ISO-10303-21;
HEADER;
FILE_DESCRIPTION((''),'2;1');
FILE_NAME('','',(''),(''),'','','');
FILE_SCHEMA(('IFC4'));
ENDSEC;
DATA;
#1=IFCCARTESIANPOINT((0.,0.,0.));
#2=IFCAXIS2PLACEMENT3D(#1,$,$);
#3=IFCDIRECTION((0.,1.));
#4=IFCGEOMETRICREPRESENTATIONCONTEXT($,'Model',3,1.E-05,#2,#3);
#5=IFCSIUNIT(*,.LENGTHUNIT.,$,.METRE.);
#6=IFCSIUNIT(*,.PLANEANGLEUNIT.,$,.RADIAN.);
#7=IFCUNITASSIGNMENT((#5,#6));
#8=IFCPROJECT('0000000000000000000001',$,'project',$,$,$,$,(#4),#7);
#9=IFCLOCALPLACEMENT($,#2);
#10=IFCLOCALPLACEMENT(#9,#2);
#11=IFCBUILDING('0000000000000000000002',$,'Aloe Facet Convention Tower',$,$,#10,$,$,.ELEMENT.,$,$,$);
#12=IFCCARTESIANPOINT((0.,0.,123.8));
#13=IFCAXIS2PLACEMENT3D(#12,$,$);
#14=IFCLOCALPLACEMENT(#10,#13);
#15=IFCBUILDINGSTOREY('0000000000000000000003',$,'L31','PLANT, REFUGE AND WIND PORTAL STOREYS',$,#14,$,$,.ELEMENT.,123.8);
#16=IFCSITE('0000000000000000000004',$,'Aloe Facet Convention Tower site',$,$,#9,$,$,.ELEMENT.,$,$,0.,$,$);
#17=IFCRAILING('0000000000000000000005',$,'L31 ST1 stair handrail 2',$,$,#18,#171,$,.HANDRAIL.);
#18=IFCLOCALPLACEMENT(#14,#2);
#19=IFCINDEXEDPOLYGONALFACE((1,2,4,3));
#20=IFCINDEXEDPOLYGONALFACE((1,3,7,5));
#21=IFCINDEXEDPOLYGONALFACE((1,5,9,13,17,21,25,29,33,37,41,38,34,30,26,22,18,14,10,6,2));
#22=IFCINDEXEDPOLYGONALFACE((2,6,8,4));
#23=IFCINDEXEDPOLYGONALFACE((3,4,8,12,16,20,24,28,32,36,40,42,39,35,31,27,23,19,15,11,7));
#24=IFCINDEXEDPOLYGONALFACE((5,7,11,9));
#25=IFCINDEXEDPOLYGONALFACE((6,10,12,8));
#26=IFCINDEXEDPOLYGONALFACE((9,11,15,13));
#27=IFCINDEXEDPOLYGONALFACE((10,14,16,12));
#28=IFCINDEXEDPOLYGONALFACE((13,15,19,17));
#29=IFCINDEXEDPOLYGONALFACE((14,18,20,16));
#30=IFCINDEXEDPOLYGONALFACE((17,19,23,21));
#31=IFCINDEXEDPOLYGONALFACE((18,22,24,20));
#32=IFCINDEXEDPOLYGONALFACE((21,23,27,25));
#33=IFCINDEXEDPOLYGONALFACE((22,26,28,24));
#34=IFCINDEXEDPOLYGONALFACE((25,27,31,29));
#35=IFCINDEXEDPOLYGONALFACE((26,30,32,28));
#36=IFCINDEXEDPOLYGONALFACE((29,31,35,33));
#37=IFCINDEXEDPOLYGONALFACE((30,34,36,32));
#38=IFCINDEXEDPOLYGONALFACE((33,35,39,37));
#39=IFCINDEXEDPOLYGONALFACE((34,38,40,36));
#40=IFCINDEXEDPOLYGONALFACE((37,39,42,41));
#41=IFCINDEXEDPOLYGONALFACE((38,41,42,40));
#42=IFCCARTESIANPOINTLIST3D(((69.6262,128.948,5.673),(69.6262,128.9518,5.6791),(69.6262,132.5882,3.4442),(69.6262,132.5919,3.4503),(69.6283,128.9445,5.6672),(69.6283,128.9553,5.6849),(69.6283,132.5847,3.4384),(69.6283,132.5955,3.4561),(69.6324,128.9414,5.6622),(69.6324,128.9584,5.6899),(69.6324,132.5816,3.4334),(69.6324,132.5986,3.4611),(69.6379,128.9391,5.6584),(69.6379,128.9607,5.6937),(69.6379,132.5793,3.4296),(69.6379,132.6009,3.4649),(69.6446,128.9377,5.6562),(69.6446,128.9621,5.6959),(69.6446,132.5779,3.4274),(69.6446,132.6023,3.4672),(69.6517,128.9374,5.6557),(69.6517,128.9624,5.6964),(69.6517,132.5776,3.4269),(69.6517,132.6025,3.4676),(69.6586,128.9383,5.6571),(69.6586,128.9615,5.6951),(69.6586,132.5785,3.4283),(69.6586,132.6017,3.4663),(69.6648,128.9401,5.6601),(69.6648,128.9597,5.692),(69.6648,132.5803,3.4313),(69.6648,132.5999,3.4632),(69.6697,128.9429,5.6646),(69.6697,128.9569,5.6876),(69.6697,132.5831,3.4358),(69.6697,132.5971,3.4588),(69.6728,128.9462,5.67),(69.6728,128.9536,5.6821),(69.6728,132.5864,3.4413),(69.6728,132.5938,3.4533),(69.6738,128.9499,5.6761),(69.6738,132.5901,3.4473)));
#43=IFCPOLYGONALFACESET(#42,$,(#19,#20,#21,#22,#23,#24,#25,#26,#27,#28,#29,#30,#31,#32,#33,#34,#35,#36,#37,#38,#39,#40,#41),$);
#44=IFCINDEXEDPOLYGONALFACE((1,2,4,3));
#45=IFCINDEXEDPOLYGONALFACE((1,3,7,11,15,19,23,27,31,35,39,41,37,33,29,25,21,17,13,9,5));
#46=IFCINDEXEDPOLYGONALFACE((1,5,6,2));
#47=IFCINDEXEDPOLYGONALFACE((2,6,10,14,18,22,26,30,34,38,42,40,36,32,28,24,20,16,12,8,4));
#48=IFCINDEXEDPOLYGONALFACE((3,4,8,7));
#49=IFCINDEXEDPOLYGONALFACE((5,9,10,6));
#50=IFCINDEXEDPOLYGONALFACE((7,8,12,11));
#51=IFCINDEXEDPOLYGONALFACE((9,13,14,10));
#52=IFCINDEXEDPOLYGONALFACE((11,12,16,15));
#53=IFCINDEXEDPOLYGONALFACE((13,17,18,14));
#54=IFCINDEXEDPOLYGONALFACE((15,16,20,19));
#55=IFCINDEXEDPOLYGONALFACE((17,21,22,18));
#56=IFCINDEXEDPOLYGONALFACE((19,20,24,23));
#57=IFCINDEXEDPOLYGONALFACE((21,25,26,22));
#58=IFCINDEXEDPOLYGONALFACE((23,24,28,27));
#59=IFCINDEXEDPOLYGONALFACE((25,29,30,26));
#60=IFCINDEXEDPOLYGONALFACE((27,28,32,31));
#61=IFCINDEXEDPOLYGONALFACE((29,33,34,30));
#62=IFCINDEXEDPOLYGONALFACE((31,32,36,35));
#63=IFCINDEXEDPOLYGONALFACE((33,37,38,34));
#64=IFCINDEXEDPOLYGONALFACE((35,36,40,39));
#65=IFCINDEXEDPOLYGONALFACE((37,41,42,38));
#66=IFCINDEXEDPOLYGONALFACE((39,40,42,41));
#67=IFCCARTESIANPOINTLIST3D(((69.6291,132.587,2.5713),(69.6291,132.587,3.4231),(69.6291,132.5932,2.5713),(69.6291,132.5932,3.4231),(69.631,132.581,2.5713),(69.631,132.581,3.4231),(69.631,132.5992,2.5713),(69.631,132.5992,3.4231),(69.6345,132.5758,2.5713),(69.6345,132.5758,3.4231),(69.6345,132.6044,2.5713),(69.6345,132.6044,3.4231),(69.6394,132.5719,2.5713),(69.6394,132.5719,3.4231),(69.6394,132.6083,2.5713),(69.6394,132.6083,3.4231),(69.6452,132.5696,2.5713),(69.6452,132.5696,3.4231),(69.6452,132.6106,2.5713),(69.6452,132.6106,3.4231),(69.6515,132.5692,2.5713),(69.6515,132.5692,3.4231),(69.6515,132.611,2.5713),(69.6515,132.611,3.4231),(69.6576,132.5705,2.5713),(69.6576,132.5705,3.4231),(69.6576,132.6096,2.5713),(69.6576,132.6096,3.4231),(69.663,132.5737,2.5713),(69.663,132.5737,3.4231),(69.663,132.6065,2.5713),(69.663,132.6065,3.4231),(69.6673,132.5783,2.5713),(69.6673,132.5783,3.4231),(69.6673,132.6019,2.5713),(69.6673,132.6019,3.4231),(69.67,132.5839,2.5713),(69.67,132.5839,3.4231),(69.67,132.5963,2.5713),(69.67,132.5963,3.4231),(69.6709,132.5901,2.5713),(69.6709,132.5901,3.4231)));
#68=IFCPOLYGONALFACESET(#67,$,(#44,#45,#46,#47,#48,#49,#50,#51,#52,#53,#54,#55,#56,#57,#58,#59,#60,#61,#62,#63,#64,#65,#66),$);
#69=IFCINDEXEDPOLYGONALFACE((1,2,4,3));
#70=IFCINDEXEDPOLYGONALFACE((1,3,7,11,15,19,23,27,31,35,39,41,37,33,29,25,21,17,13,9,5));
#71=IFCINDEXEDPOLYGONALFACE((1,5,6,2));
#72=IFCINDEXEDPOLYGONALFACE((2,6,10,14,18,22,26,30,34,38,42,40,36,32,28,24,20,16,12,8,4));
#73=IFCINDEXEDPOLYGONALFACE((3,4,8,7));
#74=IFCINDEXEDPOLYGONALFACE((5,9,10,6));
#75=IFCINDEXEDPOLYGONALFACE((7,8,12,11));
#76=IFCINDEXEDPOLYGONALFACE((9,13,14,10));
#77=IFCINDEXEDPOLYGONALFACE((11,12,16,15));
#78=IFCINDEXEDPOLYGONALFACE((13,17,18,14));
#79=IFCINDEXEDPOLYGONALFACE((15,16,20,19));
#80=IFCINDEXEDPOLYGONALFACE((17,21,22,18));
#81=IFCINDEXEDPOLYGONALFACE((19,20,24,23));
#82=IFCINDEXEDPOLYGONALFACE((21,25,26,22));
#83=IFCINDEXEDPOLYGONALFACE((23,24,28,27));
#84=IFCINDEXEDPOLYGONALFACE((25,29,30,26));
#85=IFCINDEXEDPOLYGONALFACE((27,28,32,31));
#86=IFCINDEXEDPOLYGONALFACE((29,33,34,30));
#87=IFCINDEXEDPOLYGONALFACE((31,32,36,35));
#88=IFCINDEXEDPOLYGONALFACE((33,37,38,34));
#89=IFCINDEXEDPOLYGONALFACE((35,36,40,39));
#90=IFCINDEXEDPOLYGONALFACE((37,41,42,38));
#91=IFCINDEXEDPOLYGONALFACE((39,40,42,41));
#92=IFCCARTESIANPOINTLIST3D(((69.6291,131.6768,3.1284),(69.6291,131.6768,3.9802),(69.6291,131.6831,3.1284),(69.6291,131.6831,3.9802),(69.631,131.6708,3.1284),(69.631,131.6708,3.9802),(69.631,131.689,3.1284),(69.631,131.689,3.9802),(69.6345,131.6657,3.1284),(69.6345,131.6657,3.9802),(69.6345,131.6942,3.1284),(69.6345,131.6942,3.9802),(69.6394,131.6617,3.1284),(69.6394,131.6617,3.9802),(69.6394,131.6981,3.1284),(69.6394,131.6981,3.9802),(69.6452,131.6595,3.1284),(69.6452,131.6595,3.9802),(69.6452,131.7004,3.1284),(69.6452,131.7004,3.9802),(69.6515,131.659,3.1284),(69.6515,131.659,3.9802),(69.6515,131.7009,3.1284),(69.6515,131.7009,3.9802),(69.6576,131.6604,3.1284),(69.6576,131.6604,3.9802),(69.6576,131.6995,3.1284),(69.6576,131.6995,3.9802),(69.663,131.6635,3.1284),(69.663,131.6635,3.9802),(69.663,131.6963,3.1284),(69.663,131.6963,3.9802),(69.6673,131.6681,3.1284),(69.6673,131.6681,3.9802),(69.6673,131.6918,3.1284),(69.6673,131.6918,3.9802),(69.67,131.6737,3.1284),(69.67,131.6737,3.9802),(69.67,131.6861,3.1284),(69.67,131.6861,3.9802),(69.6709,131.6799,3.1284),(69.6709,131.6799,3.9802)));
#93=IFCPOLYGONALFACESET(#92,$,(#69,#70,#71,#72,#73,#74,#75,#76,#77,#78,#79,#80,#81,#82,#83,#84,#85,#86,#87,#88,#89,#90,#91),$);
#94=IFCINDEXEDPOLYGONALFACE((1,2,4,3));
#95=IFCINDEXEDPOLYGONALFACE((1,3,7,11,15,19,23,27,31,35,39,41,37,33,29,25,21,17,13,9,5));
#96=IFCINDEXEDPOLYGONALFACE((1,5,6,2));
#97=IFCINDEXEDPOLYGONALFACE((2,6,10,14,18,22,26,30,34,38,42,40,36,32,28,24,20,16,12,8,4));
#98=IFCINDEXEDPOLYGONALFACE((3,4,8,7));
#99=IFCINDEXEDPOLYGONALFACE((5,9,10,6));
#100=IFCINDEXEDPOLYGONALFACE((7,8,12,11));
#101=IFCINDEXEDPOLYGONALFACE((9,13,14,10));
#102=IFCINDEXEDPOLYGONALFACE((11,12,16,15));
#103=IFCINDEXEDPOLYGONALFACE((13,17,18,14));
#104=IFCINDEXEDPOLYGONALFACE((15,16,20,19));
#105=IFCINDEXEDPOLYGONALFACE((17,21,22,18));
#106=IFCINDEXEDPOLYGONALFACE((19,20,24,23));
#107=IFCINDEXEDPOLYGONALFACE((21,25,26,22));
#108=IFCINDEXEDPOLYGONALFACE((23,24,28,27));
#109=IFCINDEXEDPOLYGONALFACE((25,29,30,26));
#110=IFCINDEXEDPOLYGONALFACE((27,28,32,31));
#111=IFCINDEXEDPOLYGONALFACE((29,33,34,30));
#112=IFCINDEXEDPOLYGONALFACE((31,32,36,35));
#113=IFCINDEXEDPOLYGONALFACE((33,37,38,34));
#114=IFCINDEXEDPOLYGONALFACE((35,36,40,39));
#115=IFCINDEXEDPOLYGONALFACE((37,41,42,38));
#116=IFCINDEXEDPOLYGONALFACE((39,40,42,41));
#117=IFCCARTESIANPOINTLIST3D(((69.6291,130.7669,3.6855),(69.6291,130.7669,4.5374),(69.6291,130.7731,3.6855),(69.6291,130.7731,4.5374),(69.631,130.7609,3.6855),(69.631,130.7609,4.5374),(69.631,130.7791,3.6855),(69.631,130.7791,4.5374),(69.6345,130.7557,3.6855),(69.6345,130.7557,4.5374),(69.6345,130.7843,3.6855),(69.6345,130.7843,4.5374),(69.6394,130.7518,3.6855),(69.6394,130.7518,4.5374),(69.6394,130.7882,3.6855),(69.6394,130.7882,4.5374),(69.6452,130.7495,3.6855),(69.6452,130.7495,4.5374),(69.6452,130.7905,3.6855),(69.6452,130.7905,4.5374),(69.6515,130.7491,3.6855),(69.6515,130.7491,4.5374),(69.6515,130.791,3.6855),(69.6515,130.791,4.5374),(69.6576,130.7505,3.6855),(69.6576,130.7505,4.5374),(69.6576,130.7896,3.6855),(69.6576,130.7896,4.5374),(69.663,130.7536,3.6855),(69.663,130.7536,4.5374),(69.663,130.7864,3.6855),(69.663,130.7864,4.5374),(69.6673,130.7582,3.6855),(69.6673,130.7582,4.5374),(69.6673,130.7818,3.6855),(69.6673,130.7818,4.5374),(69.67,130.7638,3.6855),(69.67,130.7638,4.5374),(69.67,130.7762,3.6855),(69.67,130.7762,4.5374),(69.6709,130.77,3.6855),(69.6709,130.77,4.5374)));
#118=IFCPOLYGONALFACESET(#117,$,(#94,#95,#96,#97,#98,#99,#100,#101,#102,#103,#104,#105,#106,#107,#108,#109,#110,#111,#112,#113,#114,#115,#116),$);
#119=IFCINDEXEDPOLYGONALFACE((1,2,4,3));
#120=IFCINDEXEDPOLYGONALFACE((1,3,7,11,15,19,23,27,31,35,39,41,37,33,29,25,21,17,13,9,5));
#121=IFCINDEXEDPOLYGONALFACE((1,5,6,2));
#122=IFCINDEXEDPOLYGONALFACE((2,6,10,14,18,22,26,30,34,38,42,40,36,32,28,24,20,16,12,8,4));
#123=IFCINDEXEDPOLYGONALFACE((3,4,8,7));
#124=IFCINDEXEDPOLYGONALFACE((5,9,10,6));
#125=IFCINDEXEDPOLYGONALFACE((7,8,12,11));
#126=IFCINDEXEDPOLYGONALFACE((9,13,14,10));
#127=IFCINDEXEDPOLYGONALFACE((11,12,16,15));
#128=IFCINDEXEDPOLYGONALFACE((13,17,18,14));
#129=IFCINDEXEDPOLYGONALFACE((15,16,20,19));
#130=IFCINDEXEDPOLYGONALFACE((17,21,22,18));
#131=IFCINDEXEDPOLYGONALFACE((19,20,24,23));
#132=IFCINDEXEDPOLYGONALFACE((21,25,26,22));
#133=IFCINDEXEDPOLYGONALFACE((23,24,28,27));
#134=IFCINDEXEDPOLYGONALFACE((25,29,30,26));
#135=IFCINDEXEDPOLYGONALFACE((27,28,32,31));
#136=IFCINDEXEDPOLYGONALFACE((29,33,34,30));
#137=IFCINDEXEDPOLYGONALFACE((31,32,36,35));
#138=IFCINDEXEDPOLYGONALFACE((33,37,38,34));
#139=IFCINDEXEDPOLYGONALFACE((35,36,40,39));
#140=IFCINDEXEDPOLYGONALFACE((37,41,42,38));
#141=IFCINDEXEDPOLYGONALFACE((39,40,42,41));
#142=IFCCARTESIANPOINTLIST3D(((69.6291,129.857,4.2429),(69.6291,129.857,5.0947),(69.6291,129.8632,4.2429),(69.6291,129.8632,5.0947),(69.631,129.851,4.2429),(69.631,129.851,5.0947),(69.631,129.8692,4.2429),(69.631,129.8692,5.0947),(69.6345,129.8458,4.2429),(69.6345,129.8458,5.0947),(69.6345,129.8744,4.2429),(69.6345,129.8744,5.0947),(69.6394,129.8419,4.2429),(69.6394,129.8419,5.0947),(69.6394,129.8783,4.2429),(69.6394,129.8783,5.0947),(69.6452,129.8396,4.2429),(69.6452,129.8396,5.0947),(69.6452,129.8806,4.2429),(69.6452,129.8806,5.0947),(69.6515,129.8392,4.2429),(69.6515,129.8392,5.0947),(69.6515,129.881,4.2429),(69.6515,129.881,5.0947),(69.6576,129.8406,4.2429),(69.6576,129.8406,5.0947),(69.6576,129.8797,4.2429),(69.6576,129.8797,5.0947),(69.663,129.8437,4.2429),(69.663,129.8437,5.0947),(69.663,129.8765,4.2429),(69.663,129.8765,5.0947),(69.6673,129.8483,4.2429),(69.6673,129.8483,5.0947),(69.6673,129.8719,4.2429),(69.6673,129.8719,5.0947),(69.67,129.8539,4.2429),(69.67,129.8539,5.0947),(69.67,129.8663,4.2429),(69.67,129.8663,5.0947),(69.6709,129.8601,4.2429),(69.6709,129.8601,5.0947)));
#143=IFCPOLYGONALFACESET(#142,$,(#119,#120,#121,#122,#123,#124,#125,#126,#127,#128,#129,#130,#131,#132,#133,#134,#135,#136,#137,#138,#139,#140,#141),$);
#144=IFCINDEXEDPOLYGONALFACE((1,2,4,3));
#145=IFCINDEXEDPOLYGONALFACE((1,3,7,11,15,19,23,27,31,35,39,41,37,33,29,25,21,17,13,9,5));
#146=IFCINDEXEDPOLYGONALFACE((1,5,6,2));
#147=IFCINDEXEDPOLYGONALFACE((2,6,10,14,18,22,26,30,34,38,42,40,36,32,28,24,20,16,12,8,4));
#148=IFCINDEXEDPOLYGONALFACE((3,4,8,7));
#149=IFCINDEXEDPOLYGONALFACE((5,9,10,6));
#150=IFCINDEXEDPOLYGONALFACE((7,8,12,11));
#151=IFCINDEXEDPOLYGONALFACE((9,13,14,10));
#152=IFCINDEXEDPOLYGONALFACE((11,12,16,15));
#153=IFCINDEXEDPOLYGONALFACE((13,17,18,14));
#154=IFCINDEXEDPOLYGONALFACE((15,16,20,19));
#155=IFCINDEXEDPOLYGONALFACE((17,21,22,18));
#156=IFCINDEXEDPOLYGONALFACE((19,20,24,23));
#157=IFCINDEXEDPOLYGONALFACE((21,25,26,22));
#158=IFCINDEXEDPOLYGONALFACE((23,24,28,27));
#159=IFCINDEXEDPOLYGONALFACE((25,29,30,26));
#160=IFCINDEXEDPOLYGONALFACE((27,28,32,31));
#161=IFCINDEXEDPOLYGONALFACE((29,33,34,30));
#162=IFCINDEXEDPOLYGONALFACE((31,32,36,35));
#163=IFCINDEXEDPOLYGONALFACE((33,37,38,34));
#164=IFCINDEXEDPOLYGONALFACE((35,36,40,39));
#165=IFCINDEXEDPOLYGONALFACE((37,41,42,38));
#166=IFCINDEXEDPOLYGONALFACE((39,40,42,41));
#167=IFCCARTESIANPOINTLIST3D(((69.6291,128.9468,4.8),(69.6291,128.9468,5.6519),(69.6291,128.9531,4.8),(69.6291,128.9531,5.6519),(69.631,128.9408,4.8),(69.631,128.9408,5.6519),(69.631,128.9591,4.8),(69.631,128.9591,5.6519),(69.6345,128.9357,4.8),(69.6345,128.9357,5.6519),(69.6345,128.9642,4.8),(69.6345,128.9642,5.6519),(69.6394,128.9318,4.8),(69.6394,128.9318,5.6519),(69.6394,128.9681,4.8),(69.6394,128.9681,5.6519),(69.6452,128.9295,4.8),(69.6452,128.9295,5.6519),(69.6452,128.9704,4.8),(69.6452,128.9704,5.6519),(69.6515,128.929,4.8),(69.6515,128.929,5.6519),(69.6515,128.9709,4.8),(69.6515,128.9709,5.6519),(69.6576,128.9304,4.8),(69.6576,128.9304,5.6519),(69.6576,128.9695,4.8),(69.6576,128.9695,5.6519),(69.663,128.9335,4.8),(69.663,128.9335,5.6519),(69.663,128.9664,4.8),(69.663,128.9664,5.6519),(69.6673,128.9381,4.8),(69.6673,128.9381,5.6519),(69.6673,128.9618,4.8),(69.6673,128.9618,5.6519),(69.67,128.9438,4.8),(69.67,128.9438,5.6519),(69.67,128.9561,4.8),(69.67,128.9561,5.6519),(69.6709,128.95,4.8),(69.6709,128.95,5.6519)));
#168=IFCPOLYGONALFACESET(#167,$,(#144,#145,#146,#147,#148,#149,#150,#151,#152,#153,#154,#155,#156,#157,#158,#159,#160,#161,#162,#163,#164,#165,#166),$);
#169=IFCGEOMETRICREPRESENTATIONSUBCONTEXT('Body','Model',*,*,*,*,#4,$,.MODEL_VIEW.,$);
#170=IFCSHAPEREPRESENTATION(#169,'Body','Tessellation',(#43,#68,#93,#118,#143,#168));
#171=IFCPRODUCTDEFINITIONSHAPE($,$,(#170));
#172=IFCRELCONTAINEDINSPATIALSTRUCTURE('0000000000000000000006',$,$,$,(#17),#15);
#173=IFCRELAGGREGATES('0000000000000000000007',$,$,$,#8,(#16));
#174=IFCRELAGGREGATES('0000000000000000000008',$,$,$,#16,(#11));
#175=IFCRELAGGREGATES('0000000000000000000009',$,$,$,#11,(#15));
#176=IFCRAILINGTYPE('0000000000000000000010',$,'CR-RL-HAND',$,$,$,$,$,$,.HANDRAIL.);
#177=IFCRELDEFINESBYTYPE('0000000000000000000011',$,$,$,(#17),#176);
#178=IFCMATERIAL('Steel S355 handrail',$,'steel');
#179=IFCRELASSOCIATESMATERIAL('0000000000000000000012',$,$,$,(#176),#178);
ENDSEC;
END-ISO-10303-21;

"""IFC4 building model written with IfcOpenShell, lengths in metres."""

from ifc_helpers import new_model, si_unit, direction, frame, origin, origin_2d, place, context, subcontext, project, spatial, circle, extrude, material, type_object, element, save


model = new_model("IFC4")

# Units and contexts
model_context = context("Model", 3, precision=1e-05, world=origin(), true_north=direction((0.0, 1.0)))
body_context = subcontext(model_context, "Body", "Model", "MODEL_VIEW")
ifc_project = project(units=[si_unit("LENGTHUNIT", "METRE"), si_unit("PLANEANGLEUNIT", "RADIAN")], contexts=[model_context])

# Site, building, storey
site_placement = place(None, origin())
site = spatial("IfcSite", under=ifc_project, at=site_placement, Name="Aloe Facet Convention Tower site", CompositionType="ELEMENT", RefElevation=0.0)
building_placement = place(site_placement, origin())
building = spatial("IfcBuilding", under=site, at=building_placement, Name="Aloe Facet Convention Tower", CompositionType="ELEMENT")
storey_placement = place(building_placement, frame((0.0, 0.0, 123.8)))
storey = spatial("IfcBuildingStorey", under=building, at=storey_placement, Name="L31", Description="PLANT, REFUGE AND WIND PORTAL STOREYS", CompositionType="ELEMENT", Elevation=123.8)

# Railing
ifc_material_1 = material(Name="Steel S355 handrail", Category="steel")
railing_type_1 = type_object("IfcRailingType", Name="CR-RL-HAND", PredefinedType="HANDRAIL", material=ifc_material_1)
railing_1_placement = place(storey_placement, frame((69.6499, 132.5901, 2.5713)))
element("IfcRailing", 1, at=railing_1_placement, inside=storey, type_object=railing_type_1, Name="L31 ST1 stair handrail 2", PredefinedType="HANDRAIL", context=body_context, shape_type="SweptSolid", body=[
    extrude(circle(Radius=0.0239, at=origin_2d()), frame((0.0, 0.0, 0.876), z_axis=(0.0, -0.85284, 0.522172), x_axis=(1.0, 0.0, 0.0)), (0.0, 0.0, 1.0), 4.2683),
    extrude(circle(Radius=0.021, at=origin_2d()), origin(), (0.0, 0.0, 1.0), 0.8518),
    extrude(circle(Radius=0.021, at=origin_2d()), frame((0.0, -0.9102, 0.5571)), (0.0, 0.0, 1.0), 0.8518),
    extrude(circle(Radius=0.021, at=origin_2d()), frame((0.0, -1.8201, 1.1143)), (0.0, 0.0, 1.0), 0.8518),
    extrude(circle(Radius=0.021, at=origin_2d()), frame((0.0, -2.73, 1.6716)), (0.0, 0.0, 1.0), 0.8518),
    extrude(circle(Radius=0.021, at=origin_2d()), frame((0.0, -3.6401, 2.2288)), (0.0, 0.0, 1.0), 0.8518),
])

save(model, "model.ifc")
